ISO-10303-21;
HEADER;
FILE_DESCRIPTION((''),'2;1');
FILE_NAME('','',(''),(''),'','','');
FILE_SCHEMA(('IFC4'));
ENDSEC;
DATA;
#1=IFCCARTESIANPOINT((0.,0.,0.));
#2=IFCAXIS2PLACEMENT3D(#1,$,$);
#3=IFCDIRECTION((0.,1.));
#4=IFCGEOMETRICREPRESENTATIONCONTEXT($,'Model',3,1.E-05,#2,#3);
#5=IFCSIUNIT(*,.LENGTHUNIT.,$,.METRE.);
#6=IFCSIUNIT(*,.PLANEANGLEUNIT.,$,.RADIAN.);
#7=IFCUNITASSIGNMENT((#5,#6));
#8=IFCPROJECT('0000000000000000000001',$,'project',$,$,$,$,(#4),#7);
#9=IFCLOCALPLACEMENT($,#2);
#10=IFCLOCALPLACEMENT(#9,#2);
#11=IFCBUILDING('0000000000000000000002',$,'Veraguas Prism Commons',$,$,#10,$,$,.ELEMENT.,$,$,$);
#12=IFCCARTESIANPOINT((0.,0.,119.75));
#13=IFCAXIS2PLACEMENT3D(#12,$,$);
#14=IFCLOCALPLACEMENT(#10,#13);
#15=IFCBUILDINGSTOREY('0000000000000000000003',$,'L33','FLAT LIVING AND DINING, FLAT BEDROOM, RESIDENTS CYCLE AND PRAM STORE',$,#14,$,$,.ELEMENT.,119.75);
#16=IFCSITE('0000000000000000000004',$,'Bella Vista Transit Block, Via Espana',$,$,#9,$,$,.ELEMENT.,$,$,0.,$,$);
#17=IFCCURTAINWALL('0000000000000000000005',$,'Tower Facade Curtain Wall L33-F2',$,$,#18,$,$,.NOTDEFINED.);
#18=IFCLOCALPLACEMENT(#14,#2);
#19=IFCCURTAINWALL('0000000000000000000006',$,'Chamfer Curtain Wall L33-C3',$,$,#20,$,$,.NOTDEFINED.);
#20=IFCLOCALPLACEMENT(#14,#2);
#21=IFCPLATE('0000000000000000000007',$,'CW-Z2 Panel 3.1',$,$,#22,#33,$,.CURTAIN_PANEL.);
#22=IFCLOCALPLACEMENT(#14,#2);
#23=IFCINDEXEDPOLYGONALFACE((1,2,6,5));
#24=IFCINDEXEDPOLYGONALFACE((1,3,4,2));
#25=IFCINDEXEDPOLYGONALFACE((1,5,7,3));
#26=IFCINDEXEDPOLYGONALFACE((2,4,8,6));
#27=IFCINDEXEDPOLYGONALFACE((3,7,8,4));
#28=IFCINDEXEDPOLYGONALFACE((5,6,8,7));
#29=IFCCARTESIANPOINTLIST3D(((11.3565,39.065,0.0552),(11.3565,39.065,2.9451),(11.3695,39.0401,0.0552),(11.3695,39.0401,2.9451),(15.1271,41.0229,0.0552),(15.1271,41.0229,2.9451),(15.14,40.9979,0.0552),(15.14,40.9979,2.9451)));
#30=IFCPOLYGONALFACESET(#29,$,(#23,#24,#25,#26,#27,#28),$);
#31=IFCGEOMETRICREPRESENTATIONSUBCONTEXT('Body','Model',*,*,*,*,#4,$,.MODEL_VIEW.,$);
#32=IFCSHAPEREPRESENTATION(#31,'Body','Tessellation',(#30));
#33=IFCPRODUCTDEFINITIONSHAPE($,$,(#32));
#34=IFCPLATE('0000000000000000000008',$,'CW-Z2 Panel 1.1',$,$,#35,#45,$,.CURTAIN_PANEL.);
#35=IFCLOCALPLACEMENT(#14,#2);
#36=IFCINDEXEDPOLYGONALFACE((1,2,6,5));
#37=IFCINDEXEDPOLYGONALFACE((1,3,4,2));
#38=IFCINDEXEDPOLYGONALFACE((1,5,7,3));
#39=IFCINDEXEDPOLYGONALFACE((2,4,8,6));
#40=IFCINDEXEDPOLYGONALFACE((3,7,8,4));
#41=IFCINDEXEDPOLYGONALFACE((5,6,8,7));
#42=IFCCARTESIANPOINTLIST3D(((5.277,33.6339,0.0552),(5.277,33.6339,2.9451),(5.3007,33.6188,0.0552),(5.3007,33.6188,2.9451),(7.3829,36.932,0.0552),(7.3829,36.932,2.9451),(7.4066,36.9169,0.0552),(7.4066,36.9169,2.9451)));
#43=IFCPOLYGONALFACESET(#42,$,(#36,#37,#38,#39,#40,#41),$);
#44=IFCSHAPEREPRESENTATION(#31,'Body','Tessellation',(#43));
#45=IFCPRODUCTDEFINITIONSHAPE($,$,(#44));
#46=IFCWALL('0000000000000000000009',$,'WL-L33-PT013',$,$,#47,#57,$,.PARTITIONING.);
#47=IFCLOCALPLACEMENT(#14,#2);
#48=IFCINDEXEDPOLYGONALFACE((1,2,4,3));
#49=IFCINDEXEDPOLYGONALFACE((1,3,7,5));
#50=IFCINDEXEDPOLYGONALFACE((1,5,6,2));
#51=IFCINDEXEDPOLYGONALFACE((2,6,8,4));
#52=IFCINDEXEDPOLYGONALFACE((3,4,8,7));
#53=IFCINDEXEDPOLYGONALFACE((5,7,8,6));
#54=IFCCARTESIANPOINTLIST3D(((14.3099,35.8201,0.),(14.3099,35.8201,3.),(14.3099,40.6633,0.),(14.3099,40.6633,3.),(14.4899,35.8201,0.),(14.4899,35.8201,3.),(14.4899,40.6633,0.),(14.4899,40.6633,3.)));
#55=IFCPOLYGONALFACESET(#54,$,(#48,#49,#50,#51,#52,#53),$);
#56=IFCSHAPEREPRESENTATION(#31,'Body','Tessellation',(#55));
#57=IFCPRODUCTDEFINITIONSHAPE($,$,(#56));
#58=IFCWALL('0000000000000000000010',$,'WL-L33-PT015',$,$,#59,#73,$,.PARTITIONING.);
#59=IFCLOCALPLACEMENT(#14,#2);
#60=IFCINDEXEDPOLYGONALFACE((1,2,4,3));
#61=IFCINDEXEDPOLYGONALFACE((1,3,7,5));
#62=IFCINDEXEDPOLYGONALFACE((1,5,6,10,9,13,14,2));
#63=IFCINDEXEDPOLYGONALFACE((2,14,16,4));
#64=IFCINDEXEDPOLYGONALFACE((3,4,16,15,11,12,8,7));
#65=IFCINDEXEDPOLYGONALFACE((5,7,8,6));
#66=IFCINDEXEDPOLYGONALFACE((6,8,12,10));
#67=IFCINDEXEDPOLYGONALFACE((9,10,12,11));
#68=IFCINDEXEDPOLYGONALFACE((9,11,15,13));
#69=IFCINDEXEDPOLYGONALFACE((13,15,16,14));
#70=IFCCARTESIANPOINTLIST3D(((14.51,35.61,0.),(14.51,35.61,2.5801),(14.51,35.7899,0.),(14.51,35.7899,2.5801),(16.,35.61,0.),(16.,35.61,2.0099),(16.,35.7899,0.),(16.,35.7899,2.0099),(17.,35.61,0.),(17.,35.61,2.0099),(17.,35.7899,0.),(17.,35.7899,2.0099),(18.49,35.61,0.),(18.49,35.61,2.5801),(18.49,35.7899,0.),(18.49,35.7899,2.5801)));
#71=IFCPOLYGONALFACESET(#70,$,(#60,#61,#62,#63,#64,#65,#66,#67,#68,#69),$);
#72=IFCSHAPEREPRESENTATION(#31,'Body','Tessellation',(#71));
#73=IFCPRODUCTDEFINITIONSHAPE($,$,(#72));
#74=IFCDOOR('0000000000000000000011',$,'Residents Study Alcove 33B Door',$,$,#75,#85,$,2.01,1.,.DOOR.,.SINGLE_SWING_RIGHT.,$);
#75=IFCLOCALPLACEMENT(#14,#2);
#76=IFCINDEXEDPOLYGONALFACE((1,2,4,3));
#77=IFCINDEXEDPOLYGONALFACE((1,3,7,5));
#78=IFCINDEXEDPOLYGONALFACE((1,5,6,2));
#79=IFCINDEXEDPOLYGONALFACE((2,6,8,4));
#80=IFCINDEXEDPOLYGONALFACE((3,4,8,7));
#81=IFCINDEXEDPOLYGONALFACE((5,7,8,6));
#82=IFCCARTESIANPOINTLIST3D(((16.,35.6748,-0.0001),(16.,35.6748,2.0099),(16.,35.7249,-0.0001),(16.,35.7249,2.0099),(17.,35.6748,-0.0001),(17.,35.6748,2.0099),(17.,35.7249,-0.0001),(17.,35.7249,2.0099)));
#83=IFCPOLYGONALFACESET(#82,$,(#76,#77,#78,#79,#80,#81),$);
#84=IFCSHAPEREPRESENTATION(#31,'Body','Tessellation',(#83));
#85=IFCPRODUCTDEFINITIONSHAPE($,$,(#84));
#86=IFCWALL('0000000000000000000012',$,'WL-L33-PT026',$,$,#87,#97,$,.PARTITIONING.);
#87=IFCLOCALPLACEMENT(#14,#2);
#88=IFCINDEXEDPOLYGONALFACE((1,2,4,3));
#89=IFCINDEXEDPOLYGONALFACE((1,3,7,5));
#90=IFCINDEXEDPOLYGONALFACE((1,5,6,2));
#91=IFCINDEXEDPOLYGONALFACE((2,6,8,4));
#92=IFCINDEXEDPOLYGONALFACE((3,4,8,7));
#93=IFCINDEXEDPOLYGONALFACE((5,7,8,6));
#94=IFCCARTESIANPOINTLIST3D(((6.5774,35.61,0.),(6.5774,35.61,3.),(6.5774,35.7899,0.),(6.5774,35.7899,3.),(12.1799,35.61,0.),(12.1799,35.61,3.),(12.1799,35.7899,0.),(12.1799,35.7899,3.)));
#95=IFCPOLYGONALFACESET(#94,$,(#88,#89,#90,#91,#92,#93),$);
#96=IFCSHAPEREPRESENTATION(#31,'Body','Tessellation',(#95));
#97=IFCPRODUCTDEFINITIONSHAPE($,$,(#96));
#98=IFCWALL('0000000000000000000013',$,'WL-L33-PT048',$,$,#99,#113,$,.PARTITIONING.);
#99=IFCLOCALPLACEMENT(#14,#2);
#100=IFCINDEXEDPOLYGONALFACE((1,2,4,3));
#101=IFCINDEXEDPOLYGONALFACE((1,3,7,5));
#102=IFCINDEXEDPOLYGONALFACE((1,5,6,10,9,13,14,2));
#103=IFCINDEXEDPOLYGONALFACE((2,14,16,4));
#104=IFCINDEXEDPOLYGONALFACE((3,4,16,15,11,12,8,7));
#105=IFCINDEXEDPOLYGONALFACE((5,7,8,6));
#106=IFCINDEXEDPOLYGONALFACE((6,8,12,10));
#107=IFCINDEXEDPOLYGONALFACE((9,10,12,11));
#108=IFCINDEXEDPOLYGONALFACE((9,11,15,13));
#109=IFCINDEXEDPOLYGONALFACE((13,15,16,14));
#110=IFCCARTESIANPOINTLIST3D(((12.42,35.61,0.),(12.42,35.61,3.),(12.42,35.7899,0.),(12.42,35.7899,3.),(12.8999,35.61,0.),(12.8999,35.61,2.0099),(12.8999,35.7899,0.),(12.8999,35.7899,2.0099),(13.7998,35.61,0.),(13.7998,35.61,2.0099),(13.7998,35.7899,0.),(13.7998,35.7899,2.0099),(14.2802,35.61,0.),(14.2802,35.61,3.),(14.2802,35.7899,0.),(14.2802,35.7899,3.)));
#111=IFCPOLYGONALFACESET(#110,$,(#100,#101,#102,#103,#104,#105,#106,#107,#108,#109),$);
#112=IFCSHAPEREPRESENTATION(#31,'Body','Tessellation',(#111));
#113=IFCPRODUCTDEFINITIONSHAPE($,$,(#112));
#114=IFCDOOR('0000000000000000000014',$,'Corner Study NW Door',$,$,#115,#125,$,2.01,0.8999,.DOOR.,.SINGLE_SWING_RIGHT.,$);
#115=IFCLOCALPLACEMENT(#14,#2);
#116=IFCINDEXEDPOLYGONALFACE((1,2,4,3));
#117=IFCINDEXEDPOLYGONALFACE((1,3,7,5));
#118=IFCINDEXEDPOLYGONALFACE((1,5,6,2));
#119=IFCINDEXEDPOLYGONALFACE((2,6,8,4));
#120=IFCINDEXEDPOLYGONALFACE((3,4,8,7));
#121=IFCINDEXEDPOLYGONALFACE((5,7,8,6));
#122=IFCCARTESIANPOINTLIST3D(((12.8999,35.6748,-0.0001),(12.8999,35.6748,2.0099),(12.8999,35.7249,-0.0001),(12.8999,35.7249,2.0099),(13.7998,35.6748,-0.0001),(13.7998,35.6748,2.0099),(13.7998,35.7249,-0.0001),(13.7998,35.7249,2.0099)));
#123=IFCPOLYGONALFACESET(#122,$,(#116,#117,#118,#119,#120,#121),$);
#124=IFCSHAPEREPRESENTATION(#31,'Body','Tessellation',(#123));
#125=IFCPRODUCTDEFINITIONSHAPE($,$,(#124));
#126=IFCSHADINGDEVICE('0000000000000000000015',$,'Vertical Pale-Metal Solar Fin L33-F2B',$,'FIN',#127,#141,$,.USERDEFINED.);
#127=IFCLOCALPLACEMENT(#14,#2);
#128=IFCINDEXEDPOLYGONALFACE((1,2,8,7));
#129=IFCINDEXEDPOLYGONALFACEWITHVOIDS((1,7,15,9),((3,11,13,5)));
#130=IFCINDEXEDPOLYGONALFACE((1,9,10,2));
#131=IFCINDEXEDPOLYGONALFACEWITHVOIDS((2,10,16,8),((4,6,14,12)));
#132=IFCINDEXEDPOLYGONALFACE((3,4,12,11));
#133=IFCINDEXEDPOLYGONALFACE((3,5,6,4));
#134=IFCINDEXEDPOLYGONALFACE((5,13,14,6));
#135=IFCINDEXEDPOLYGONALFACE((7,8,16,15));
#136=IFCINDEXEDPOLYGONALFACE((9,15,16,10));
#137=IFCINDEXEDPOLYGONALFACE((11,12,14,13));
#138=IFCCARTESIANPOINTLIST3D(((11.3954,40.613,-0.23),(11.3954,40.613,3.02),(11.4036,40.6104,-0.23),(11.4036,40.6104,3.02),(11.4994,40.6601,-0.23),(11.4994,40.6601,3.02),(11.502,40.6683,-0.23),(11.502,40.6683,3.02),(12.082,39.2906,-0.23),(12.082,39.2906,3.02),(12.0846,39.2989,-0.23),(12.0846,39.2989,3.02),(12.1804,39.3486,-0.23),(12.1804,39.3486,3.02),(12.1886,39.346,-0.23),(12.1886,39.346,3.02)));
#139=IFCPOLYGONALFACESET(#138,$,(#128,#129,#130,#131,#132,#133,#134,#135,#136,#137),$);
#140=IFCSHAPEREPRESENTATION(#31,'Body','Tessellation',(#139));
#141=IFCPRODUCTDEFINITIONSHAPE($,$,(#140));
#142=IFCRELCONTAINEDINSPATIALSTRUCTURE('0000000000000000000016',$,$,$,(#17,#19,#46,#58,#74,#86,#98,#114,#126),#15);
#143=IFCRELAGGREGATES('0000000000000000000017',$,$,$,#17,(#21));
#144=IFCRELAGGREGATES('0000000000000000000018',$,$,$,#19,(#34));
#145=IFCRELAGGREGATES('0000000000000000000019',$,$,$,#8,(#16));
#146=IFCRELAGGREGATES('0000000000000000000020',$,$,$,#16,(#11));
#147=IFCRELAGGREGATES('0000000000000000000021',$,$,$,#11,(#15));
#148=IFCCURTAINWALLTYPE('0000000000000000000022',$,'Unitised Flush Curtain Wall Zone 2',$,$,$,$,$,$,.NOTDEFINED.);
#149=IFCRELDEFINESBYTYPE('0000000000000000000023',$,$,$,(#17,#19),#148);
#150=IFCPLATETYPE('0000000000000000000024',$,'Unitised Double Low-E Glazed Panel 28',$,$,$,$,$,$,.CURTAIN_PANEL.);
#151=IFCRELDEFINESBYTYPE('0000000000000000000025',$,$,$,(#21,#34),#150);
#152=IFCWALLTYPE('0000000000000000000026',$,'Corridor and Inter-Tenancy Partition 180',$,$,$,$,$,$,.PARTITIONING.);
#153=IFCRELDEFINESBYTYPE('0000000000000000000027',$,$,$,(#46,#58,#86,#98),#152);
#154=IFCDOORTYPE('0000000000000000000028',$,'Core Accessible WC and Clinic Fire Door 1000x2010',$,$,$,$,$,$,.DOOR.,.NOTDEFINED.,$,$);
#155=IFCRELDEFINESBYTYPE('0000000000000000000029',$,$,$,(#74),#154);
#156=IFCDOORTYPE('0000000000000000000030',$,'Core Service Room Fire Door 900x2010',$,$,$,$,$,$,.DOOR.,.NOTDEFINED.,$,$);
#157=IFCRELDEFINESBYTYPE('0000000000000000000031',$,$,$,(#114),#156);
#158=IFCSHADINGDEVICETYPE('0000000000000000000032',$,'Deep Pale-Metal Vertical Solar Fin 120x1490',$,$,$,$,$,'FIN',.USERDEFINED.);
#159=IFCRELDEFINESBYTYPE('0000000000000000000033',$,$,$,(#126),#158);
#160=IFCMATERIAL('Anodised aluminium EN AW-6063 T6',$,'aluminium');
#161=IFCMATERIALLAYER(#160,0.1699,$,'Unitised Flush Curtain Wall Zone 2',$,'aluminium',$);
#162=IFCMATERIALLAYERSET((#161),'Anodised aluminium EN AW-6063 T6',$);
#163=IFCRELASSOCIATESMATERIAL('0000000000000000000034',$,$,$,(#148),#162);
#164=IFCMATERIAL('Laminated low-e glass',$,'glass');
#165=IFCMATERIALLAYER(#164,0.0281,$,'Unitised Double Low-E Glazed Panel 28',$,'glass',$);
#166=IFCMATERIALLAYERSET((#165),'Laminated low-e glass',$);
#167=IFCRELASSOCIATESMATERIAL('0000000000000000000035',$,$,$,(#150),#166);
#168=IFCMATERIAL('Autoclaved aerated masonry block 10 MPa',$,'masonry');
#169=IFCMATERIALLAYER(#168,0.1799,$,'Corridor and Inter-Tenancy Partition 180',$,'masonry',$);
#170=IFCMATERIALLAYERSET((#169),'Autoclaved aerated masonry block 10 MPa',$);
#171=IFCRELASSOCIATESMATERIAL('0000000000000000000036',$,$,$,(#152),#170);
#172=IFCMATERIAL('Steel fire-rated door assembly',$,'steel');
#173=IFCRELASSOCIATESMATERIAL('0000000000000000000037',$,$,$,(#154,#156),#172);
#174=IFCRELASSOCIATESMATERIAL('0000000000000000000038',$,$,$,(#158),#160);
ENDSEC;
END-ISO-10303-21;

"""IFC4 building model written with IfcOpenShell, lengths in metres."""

from ifc_helpers import new_model, si_unit, direction, frame, frame_2d, origin, origin_2d, place, context, subcontext, project, spatial, rectangle, hollow_rectangle, extrude, source, transform, mapped, material, layer, layer_set, material_profile, profile_set, type_object, element, fill, aggregate, save


model = new_model("IFC4")

# Units and contexts
model_context = context("Model", 3, precision=1e-05, world=origin(), true_north=direction((0.0, 1.0)))
body_context = subcontext(model_context, "Body", "Model", "MODEL_VIEW")
ifc_project = project(units=[si_unit("LENGTHUNIT", "METRE"), si_unit("PLANEANGLEUNIT", "RADIAN")], contexts=[model_context])

# Site, building, storey
site_placement = place(None, origin())
site = spatial("IfcSite", under=ifc_project, at=site_placement, Name="Bella Vista Transit Block, Via Espana", CompositionType="ELEMENT", RefElevation=0.0)
building_placement = place(site_placement, origin())
building = spatial("IfcBuilding", under=site, at=building_placement, Name="Veraguas Prism Commons", CompositionType="ELEMENT")
storey_placement = place(building_placement, frame((0.0, 0.0, 119.75)))
storey = spatial("IfcBuildingStorey", under=building, at=storey_placement, Name="L33", Description="FLAT LIVING AND DINING, FLAT BEDROOM, RESIDENTS CYCLE AND PRAM STORE", CompositionType="ELEMENT", Elevation=119.75)

# Curtain wall
ifc_material_1 = material(Name="Anodised aluminium EN AW-6063 T6", Category="aluminium")
ifc_layer_1 = layer(ifc_material_1, 0.1699, Name="Unitised Flush Curtain Wall Zone 2", Category="aluminium")
ifc_layer_set_1 = layer_set([ifc_layer_1], Name="Anodised aluminium EN AW-6063 T6")
curtain_wall_type = type_object("IfcCurtainWallType", Name="Unitised Flush Curtain Wall Zone 2", PredefinedType="NOTDEFINED", material=ifc_layer_set_1)
curtain_wall_1_placement = place(storey_placement, origin())
curtain_wall_1 = element("IfcCurtainWall", 1, at=curtain_wall_1_placement, inside=storey, type_object=curtain_wall_type, Name="Tower Facade Curtain Wall L33-F2", PredefinedType="NOTDEFINED")

# Curtain wall
curtain_wall_2_placement = place(storey_placement, origin())
curtain_wall_2 = element("IfcCurtainWall", 2, at=curtain_wall_2_placement, inside=storey, type_object=curtain_wall_type, Name="Chamfer Curtain Wall L33-C3", PredefinedType="NOTDEFINED")

# Plates
ifc_material_2 = material(Name="Laminated low-e glass", Category="glass")
ifc_layer_2 = layer(ifc_material_2, 0.0281, Name="Unitised Double Low-E Glazed Panel 28", Category="glass")
ifc_layer_set_2 = layer_set([ifc_layer_2], Name="Laminated low-e glass")
plate_type = type_object("IfcPlateType", Name="Unitised Double Low-E Glazed Panel 28", PredefinedType="CURTAIN_PANEL", material=ifc_layer_set_2)
shared_shape_1 = source(origin(), body_context, "Body", "SweptSolid", [
    extrude(rectangle(XDim=4.2485, YDim=0.0281, at=origin_2d()), origin(), (0.0, 0.0, 1.0), 2.8899),
])
plate_1_placement = place(storey_placement, frame((13.2483, 40.0315, 0.0552), z_axis=(0.0, 0.0, 1.0), x_axis=(-0.887494, -0.460819, 0.0)))
plate_1 = element("IfcPlate", 3, at=plate_1_placement, type_object=plate_type, Name="CW-Z2 Panel 3.1", PredefinedType="CURTAIN_PANEL", context=body_context, shape_type="MappedRepresentation", body=[
    mapped(shared_shape_1, transform((0.0, 0.0, 0.0), scale=1.0)),
])
aggregate(curtain_wall_1, [plate_1])
shared_shape_2 = source(origin(), body_context, "Body", "SweptSolid", [
    extrude(rectangle(XDim=3.9131, YDim=0.0281, at=origin_2d()), origin(), (0.0, 0.0, 1.0), 2.8899),
])
plate_2_placement = place(storey_placement, frame((6.3418, 35.2754, 0.0552), z_axis=(0.0, 0.0, 1.0), x_axis=(-0.538177, -0.842832, 0.0)))
plate_2 = element("IfcPlate", 4, at=plate_2_placement, type_object=plate_type, Name="CW-Z2 Panel 1.1", PredefinedType="CURTAIN_PANEL", context=body_context, shape_type="MappedRepresentation", body=[
    mapped(shared_shape_2, transform((0.0, 0.0, 0.0), scale=1.0)),
])
aggregate(curtain_wall_2, [plate_2])

# Wall
ifc_material_3 = material(Name="Autoclaved aerated masonry block 10 MPa", Category="masonry")
ifc_layer_3 = layer(ifc_material_3, 0.1799, Name="Corridor and Inter-Tenancy Partition 180", Category="masonry")
ifc_layer_set_3 = layer_set([ifc_layer_3], Name="Autoclaved aerated masonry block 10 MPa")
wall_type = type_object("IfcWallType", Name="Corridor and Inter-Tenancy Partition 180", PredefinedType="PARTITIONING", material=ifc_layer_set_3)
wall_1_placement = place(storey_placement, frame((14.3999, 35.8201, 0.0), z_axis=(0.0, 0.0, 1.0), x_axis=(0.0, 1.0, 0.0)))
element("IfcWall", 5, at=wall_1_placement, inside=storey, type_object=wall_type, Name="WL-L33-PT013", PredefinedType="PARTITIONING", context=body_context, shape_type="SweptSolid", body=[
    extrude(rectangle(XDim=4.8433, YDim=0.1799, at=frame_2d((2.4216, 0.0))), origin(), (0.0, 0.0, 1.0), 3.0),
])

# Wall, opening, door
wall_2_placement = place(storey_placement, frame((14.51, 35.7, 0.0), z_axis=(0.0, 0.0, 1.0), x_axis=(1.0, 0.0, 0.0)))
wall_2 = element("IfcWall", 6, at=wall_2_placement, inside=storey, type_object=wall_type, Name="WL-L33-PT015", PredefinedType="PARTITIONING", context=body_context, shape_type="SweptSolid", body=[
    extrude(rectangle(XDim=3.98, YDim=0.1799, at=frame_2d((1.99, 0.0))), origin(), (0.0, 0.0, 1.0), 2.5801),
])
opening_1_placement = place(wall_2_placement, frame((1.49, 0.0, 0.0)))
opening_1 = element("IfcOpeningElement", 7, at=opening_1_placement, cuts=wall_2, PredefinedType="OPENING", context=body_context, shape_type="SweptSolid", body=[
    extrude(rectangle(XDim=1.0, YDim=2.01, at=frame_2d((0.5, 1.0049))), frame((0.0, 0.0999, 0.0), z_axis=(0.0, -1.0, 0.0), x_axis=(1.0, 0.0, 0.0)), (0.0, 0.0, 1.0), 0.2),
])
ifc_material_4 = material(Name="Steel fire-rated door assembly", Category="steel")
door_type_1 = type_object("IfcDoorType", Name="Core Accessible WC and Clinic Fire Door 1000x2010", OperationType="NOTDEFINED", PredefinedType="DOOR", material=ifc_material_4)
shared_shape_3 = source(origin(), body_context, "Body", "SweptSolid", [
    extrude(rectangle(XDim=1.0, YDim=2.01, at=frame_2d((0.5, 1.0049))), frame((0.0, 0.0249, 0.0), z_axis=(0.0, -1.0, 0.0), x_axis=(1.0, 0.0, 0.0)), (0.0, 0.0, 1.0), 0.05),
])
door_1_placement = place(opening_1_placement, origin())
door_1 = element("IfcDoor", 8, at=door_1_placement, inside=storey, type_object=door_type_1, Name="Residents Study Alcove 33B Door", OperationType="SINGLE_SWING_RIGHT", OverallHeight=2.01, OverallWidth=1.0, PredefinedType="DOOR", context=body_context, shape_type="MappedRepresentation", body=[
    mapped(shared_shape_3, transform((0.0, 0.0, 0.0), scale=1.0)),
])
fill(opening_1, door_1)

# Wall
wall_3_placement = place(storey_placement, frame((12.1799, 35.7, 0.0), z_axis=(0.0, 0.0, 1.0), x_axis=(-1.0, 0.0, 0.0)))
element("IfcWall", 9, at=wall_3_placement, inside=storey, type_object=wall_type, Name="WL-L33-PT026", PredefinedType="PARTITIONING", context=body_context, shape_type="SweptSolid", body=[
    extrude(rectangle(XDim=5.6025, YDim=0.1799, at=frame_2d((2.8013, 0.0))), origin(), (0.0, 0.0, 1.0), 3.0),
])

# Wall, opening, door
wall_4_placement = place(storey_placement, frame((12.4199, 35.7, 0.0), z_axis=(0.0, 0.0, 1.0), x_axis=(1.0, 0.0, 0.0)))
wall_4 = element("IfcWall", 10, at=wall_4_placement, inside=storey, type_object=wall_type, Name="WL-L33-PT048", PredefinedType="PARTITIONING", context=body_context, shape_type="SweptSolid", body=[
    extrude(rectangle(XDim=1.8601, YDim=0.1799, at=frame_2d((0.9302, 0.0))), origin(), (0.0, 0.0, 1.0), 3.0),
])
opening_2_placement = place(wall_4_placement, frame((0.48, 0.0, 0.0)))
opening_2 = element("IfcOpeningElement", 11, at=opening_2_placement, cuts=wall_4, PredefinedType="OPENING", context=body_context, shape_type="SweptSolid", body=[
    extrude(rectangle(XDim=0.8999, YDim=2.01, at=frame_2d((0.45, 1.0049))), frame((0.0, 0.0999, 0.0), z_axis=(0.0, -1.0, 0.0), x_axis=(1.0, 0.0, 0.0)), (0.0, 0.0, 1.0), 0.2),
])
door_type_2 = type_object("IfcDoorType", Name="Core Service Room Fire Door 900x2010", OperationType="NOTDEFINED", PredefinedType="DOOR", material=ifc_material_4)
shared_shape_4 = source(origin(), body_context, "Body", "SweptSolid", [
    extrude(rectangle(XDim=0.8999, YDim=2.01, at=frame_2d((0.45, 1.0049))), frame((0.0, 0.0249, 0.0), z_axis=(0.0, -1.0, 0.0), x_axis=(1.0, 0.0, 0.0)), (0.0, 0.0, 1.0), 0.05),
])
door_2_placement = place(opening_2_placement, origin())
door_2 = element("IfcDoor", 12, at=door_2_placement, inside=storey, type_object=door_type_2, Name="Corner Study NW Door", OperationType="SINGLE_SWING_RIGHT", OverallHeight=2.01, OverallWidth=0.8999, PredefinedType="DOOR", context=body_context, shape_type="MappedRepresentation", body=[
    mapped(shared_shape_4, transform((0.0, 0.0, 0.0), scale=1.0)),
])
fill(opening_2, door_2)

# Shading device
ifc_material_profile_1 = material_profile(ifc_material_1, hollow_rectangle(XDim=0.1201, YDim=1.49, WallThickness=0.0061, at=origin_2d()), Name="FIN120X1490X6")
ifc_profile_set_1 = profile_set([ifc_material_profile_1], Name="Anodised aluminium EN AW-6063 T6")
shading_device_type = type_object("IfcShadingDeviceType", Name="Deep Pale-Metal Vertical Solar Fin 120x1490", ElementType="FIN", PredefinedType="USERDEFINED", material=ifc_profile_set_1)
shading_device_placement = place(storey_placement, frame((11.792, 39.9795, -0.23), z_axis=(0.0, 0.0, 1.0), x_axis=(-0.887495, -0.460818, 0.0)))
element("IfcShadingDevice", 13, at=shading_device_placement, inside=storey, type_object=shading_device_type, Name="Vertical Pale-Metal Solar Fin L33-F2B", ObjectType="FIN", PredefinedType="USERDEFINED", context=body_context, shape_type="SweptSolid", body=[
    extrude(hollow_rectangle(XDim=0.1201, YDim=1.49, WallThickness=0.0061, at=origin_2d()), origin(), (0.0, 0.0, 1.0), 3.25),
])

save(model, "model.ifc")
